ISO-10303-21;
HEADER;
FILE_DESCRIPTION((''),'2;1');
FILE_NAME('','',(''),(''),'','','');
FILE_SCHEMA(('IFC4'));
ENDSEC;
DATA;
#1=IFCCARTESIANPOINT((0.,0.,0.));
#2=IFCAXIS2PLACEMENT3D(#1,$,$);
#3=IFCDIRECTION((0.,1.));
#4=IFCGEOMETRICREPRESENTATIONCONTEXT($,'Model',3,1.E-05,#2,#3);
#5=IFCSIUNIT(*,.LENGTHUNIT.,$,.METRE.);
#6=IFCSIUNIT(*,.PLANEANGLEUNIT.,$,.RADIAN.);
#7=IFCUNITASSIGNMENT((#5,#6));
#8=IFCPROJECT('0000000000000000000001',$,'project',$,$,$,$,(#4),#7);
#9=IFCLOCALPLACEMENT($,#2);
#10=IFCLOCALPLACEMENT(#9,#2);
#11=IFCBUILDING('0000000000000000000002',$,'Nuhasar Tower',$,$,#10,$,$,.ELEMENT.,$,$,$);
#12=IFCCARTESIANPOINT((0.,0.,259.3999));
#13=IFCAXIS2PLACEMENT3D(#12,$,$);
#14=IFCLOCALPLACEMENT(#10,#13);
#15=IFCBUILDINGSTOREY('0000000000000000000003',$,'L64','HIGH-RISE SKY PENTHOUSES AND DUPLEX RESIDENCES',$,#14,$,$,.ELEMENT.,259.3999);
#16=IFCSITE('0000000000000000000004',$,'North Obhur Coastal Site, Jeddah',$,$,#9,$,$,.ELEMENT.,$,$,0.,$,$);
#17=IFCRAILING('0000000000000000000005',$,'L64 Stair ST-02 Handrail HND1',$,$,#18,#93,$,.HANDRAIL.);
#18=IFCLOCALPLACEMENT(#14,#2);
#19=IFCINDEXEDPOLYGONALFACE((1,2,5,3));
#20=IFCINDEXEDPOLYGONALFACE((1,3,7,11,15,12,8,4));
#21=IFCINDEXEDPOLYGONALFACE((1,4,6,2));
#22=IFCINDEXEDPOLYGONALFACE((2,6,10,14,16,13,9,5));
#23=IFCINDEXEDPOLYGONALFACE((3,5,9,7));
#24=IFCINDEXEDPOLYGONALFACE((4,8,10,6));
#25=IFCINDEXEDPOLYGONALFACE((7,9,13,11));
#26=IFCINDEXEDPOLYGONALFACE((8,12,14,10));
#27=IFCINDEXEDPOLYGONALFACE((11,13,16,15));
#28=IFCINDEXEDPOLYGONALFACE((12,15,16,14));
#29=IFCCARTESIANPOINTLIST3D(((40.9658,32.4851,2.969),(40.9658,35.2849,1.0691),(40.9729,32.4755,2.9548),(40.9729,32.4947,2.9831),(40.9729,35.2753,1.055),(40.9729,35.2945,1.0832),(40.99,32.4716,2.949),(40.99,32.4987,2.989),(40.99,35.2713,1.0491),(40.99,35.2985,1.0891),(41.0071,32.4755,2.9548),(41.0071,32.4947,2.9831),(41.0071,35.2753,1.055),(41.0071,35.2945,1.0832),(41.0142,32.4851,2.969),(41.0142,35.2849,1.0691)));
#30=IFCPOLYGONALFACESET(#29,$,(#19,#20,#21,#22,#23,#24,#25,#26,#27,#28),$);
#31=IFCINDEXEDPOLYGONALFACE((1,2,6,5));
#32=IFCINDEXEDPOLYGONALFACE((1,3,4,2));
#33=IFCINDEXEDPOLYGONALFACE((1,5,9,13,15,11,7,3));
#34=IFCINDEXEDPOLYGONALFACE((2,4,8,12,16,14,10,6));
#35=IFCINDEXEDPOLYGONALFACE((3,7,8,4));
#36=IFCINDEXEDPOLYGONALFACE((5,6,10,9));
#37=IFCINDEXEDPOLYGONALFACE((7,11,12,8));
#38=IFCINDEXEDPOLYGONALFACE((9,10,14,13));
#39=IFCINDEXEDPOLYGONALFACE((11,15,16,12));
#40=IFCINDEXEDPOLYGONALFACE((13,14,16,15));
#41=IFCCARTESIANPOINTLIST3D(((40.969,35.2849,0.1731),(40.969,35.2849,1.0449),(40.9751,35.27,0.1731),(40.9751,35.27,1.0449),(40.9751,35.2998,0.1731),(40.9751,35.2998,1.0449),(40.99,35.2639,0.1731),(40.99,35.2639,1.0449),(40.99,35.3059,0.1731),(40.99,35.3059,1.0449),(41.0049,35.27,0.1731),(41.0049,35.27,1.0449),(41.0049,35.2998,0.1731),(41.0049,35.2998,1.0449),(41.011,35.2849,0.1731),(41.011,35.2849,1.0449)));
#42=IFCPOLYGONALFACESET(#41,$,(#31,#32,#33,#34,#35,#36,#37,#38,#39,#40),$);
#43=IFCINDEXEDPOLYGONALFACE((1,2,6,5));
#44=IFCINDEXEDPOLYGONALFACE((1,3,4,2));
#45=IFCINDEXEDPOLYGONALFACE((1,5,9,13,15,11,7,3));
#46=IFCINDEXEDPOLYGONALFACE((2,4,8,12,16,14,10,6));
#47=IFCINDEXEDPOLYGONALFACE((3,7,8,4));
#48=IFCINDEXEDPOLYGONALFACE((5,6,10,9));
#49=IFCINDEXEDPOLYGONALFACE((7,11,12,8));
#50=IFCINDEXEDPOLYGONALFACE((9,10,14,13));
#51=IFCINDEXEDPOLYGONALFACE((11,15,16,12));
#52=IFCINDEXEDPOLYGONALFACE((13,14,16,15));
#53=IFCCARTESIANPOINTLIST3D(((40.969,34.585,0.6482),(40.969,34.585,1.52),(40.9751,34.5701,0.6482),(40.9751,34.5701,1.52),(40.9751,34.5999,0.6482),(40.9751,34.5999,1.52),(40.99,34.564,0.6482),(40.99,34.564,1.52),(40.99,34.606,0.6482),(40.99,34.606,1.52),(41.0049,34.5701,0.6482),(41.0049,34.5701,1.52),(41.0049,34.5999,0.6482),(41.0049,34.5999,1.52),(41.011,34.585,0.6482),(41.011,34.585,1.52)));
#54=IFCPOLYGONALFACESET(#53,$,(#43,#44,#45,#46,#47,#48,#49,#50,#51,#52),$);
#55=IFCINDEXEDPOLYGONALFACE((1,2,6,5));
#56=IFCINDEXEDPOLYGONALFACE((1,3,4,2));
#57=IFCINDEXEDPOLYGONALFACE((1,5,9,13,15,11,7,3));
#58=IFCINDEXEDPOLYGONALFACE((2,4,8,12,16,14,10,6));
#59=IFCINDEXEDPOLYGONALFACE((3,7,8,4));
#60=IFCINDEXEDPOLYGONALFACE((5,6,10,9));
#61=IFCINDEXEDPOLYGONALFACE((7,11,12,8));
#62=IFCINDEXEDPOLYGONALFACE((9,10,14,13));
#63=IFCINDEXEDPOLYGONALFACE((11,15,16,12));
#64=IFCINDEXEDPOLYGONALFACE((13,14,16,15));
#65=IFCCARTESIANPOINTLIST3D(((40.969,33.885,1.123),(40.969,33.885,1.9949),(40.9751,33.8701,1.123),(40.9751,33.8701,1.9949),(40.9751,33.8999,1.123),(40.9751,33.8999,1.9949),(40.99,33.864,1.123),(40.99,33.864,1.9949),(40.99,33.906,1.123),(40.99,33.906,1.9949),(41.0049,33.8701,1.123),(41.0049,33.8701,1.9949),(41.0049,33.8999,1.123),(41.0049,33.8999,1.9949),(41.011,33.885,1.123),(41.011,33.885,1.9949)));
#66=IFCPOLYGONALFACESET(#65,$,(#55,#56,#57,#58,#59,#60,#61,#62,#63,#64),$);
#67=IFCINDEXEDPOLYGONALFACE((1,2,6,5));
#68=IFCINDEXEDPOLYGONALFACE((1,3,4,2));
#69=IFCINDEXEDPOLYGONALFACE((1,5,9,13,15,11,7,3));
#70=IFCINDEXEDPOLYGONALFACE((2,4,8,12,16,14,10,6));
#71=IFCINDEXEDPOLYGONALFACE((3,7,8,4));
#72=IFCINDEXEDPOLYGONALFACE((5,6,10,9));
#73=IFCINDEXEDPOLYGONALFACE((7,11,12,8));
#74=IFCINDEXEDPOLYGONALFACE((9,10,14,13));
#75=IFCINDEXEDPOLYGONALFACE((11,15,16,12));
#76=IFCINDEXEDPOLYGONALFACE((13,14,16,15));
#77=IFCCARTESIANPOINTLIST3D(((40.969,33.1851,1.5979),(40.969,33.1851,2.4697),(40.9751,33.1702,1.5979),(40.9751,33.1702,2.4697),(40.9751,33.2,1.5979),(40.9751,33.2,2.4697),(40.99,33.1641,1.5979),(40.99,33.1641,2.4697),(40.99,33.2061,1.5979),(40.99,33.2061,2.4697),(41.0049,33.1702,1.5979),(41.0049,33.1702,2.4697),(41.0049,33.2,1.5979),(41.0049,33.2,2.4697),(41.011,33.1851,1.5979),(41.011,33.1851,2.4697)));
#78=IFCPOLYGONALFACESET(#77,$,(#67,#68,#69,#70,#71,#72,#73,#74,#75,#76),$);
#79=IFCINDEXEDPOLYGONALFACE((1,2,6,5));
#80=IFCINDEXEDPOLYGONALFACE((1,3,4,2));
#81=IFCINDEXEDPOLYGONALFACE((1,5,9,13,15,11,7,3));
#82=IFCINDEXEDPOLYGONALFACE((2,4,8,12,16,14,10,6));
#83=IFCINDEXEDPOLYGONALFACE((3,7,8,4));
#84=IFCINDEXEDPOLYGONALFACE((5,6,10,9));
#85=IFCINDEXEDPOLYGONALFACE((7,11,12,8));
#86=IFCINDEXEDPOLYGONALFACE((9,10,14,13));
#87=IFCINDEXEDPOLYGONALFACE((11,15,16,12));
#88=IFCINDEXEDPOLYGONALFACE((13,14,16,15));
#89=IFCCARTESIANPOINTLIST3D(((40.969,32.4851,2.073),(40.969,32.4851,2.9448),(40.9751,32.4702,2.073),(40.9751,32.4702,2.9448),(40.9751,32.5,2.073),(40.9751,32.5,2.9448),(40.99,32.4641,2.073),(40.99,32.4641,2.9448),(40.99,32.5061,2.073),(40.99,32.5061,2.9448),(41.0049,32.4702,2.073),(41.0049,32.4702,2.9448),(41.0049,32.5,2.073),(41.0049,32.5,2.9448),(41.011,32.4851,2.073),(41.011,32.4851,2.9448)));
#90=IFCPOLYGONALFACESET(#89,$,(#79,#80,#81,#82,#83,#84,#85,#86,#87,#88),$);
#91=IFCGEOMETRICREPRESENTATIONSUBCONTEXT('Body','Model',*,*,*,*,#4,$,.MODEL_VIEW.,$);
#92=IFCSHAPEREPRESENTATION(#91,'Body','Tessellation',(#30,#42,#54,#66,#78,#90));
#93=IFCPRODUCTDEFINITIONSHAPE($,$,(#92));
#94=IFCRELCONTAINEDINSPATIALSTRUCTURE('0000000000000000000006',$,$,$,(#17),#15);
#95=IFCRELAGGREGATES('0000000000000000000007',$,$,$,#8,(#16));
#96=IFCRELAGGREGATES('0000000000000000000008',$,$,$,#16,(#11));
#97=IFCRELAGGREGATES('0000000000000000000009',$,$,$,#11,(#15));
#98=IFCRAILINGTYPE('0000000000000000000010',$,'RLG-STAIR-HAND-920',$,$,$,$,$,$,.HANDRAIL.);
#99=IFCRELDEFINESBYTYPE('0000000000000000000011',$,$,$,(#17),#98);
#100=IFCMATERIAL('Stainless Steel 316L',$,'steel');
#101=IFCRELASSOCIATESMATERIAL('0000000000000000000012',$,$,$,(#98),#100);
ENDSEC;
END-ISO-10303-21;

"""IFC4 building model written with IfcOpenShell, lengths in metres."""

from ifc_helpers import new_model, si_unit, direction, frame, origin, place, context, subcontext, project, spatial, polyline, outline, extrude, material, type_object, element, save


model = new_model("IFC4")

# Units and contexts
model_context = context("Model", 3, precision=1e-05, world=origin(), true_north=direction((0.0, 1.0)))
body_context = subcontext(model_context, "Body", "Model", "MODEL_VIEW")
ifc_project = project(units=[si_unit("LENGTHUNIT", "METRE"), si_unit("PLANEANGLEUNIT", "RADIAN")], contexts=[model_context])

# Site, building, storey
site_placement = place(None, origin())
site = spatial("IfcSite", under=ifc_project, at=site_placement, Name="North Obhur Coastal Site, Jeddah", CompositionType="ELEMENT", RefElevation=0.0)
building_placement = place(site_placement, origin())
building = spatial("IfcBuilding", under=site, at=building_placement, Name="Nuhasar Tower", CompositionType="ELEMENT")
storey_placement = place(building_placement, frame((0.0, 0.0, 259.3999)))
storey = spatial("IfcBuildingStorey", under=building, at=storey_placement, Name="L64", Description="HIGH-RISE SKY PENTHOUSES AND DUPLEX RESIDENCES", CompositionType="ELEMENT", Elevation=259.3999)

# Railing
ifc_material_1 = material(Name="Stainless Steel 316L", Category="steel")
railing_type_1 = type_object("IfcRailingType", Name="RLG-STAIR-HAND-920", PredefinedType="HANDRAIL", material=ifc_material_1)
railing_1_placement = place(storey_placement, frame((40.99, 35.2849, 0.1731)))
element("IfcRailing", 1, at=railing_1_placement, inside=storey, type_object=railing_type_1, Name="L64 Stair ST-02 Handrail HND1", PredefinedType="HANDRAIL", context=body_context, shape_type="SweptSolid", body=[
    extrude(outline(polyline([(0.0242, 0.0), (0.0171, 0.0171), (0.0, 0.0242), (-0.0171, 0.0171), (-0.0242, 0.0), (-0.0171, -0.0171), (0.0, -0.0242), (0.0171, -0.0171), (0.0242, 0.0)])), frame((0.0, 0.0, 0.896), z_axis=(0.0, -0.827471, 0.561508), x_axis=(1.0, 0.0, 0.0)), (0.0, 0.0, 1.0), 3.3835),
    extrude(outline(polyline([(0.021, 0.0), (0.0149, 0.0149), (0.0, 0.021), (-0.0149, 0.0149), (-0.021, 0.0), (-0.0149, -0.0149), (0.0, -0.021), (0.0149, -0.0149), (0.021, 0.0)])), origin(), (0.0, 0.0, 1.0), 0.8718),
    extrude(outline(polyline([(0.021, 0.0), (0.0149, 0.0149), (0.0, 0.021), (-0.0149, 0.0149), (-0.021, 0.0), (-0.0149, -0.0149), (0.0, -0.021), (0.0149, -0.0149), (0.021, 0.0)])), frame((0.0, -0.7, 0.4751)), (0.0, 0.0, 1.0), 0.8718),
    extrude(outline(polyline([(0.021, 0.0), (0.0149, 0.0149), (0.0, 0.021), (-0.0149, 0.0149), (-0.021, 0.0), (-0.0149, -0.0149), (0.0, -0.021), (0.0149, -0.0149), (0.021, 0.0)])), frame((0.0, -1.3999, 0.95)), (0.0, 0.0, 1.0), 0.8718),
    extrude(outline(polyline([(0.021, 0.0), (0.0149, 0.0149), (0.0, 0.021), (-0.0149, 0.0149), (-0.021, 0.0), (-0.0149, -0.0149), (0.0, -0.021), (0.0149, -0.0149), (0.021, 0.0)])), frame((0.0, -2.0999, 1.4248)), (0.0, 0.0, 1.0), 0.8718),
    extrude(outline(polyline([(0.021, 0.0), (0.0149, 0.0149), (0.0, 0.021), (-0.0149, 0.0149), (-0.021, 0.0), (-0.0149, -0.0149), (0.0, -0.021), (0.0149, -0.0149), (0.021, 0.0)])), frame((0.0, -2.7998, 1.8999)), (0.0, 0.0, 1.0), 0.8718),
])

save(model, "model.ifc")
